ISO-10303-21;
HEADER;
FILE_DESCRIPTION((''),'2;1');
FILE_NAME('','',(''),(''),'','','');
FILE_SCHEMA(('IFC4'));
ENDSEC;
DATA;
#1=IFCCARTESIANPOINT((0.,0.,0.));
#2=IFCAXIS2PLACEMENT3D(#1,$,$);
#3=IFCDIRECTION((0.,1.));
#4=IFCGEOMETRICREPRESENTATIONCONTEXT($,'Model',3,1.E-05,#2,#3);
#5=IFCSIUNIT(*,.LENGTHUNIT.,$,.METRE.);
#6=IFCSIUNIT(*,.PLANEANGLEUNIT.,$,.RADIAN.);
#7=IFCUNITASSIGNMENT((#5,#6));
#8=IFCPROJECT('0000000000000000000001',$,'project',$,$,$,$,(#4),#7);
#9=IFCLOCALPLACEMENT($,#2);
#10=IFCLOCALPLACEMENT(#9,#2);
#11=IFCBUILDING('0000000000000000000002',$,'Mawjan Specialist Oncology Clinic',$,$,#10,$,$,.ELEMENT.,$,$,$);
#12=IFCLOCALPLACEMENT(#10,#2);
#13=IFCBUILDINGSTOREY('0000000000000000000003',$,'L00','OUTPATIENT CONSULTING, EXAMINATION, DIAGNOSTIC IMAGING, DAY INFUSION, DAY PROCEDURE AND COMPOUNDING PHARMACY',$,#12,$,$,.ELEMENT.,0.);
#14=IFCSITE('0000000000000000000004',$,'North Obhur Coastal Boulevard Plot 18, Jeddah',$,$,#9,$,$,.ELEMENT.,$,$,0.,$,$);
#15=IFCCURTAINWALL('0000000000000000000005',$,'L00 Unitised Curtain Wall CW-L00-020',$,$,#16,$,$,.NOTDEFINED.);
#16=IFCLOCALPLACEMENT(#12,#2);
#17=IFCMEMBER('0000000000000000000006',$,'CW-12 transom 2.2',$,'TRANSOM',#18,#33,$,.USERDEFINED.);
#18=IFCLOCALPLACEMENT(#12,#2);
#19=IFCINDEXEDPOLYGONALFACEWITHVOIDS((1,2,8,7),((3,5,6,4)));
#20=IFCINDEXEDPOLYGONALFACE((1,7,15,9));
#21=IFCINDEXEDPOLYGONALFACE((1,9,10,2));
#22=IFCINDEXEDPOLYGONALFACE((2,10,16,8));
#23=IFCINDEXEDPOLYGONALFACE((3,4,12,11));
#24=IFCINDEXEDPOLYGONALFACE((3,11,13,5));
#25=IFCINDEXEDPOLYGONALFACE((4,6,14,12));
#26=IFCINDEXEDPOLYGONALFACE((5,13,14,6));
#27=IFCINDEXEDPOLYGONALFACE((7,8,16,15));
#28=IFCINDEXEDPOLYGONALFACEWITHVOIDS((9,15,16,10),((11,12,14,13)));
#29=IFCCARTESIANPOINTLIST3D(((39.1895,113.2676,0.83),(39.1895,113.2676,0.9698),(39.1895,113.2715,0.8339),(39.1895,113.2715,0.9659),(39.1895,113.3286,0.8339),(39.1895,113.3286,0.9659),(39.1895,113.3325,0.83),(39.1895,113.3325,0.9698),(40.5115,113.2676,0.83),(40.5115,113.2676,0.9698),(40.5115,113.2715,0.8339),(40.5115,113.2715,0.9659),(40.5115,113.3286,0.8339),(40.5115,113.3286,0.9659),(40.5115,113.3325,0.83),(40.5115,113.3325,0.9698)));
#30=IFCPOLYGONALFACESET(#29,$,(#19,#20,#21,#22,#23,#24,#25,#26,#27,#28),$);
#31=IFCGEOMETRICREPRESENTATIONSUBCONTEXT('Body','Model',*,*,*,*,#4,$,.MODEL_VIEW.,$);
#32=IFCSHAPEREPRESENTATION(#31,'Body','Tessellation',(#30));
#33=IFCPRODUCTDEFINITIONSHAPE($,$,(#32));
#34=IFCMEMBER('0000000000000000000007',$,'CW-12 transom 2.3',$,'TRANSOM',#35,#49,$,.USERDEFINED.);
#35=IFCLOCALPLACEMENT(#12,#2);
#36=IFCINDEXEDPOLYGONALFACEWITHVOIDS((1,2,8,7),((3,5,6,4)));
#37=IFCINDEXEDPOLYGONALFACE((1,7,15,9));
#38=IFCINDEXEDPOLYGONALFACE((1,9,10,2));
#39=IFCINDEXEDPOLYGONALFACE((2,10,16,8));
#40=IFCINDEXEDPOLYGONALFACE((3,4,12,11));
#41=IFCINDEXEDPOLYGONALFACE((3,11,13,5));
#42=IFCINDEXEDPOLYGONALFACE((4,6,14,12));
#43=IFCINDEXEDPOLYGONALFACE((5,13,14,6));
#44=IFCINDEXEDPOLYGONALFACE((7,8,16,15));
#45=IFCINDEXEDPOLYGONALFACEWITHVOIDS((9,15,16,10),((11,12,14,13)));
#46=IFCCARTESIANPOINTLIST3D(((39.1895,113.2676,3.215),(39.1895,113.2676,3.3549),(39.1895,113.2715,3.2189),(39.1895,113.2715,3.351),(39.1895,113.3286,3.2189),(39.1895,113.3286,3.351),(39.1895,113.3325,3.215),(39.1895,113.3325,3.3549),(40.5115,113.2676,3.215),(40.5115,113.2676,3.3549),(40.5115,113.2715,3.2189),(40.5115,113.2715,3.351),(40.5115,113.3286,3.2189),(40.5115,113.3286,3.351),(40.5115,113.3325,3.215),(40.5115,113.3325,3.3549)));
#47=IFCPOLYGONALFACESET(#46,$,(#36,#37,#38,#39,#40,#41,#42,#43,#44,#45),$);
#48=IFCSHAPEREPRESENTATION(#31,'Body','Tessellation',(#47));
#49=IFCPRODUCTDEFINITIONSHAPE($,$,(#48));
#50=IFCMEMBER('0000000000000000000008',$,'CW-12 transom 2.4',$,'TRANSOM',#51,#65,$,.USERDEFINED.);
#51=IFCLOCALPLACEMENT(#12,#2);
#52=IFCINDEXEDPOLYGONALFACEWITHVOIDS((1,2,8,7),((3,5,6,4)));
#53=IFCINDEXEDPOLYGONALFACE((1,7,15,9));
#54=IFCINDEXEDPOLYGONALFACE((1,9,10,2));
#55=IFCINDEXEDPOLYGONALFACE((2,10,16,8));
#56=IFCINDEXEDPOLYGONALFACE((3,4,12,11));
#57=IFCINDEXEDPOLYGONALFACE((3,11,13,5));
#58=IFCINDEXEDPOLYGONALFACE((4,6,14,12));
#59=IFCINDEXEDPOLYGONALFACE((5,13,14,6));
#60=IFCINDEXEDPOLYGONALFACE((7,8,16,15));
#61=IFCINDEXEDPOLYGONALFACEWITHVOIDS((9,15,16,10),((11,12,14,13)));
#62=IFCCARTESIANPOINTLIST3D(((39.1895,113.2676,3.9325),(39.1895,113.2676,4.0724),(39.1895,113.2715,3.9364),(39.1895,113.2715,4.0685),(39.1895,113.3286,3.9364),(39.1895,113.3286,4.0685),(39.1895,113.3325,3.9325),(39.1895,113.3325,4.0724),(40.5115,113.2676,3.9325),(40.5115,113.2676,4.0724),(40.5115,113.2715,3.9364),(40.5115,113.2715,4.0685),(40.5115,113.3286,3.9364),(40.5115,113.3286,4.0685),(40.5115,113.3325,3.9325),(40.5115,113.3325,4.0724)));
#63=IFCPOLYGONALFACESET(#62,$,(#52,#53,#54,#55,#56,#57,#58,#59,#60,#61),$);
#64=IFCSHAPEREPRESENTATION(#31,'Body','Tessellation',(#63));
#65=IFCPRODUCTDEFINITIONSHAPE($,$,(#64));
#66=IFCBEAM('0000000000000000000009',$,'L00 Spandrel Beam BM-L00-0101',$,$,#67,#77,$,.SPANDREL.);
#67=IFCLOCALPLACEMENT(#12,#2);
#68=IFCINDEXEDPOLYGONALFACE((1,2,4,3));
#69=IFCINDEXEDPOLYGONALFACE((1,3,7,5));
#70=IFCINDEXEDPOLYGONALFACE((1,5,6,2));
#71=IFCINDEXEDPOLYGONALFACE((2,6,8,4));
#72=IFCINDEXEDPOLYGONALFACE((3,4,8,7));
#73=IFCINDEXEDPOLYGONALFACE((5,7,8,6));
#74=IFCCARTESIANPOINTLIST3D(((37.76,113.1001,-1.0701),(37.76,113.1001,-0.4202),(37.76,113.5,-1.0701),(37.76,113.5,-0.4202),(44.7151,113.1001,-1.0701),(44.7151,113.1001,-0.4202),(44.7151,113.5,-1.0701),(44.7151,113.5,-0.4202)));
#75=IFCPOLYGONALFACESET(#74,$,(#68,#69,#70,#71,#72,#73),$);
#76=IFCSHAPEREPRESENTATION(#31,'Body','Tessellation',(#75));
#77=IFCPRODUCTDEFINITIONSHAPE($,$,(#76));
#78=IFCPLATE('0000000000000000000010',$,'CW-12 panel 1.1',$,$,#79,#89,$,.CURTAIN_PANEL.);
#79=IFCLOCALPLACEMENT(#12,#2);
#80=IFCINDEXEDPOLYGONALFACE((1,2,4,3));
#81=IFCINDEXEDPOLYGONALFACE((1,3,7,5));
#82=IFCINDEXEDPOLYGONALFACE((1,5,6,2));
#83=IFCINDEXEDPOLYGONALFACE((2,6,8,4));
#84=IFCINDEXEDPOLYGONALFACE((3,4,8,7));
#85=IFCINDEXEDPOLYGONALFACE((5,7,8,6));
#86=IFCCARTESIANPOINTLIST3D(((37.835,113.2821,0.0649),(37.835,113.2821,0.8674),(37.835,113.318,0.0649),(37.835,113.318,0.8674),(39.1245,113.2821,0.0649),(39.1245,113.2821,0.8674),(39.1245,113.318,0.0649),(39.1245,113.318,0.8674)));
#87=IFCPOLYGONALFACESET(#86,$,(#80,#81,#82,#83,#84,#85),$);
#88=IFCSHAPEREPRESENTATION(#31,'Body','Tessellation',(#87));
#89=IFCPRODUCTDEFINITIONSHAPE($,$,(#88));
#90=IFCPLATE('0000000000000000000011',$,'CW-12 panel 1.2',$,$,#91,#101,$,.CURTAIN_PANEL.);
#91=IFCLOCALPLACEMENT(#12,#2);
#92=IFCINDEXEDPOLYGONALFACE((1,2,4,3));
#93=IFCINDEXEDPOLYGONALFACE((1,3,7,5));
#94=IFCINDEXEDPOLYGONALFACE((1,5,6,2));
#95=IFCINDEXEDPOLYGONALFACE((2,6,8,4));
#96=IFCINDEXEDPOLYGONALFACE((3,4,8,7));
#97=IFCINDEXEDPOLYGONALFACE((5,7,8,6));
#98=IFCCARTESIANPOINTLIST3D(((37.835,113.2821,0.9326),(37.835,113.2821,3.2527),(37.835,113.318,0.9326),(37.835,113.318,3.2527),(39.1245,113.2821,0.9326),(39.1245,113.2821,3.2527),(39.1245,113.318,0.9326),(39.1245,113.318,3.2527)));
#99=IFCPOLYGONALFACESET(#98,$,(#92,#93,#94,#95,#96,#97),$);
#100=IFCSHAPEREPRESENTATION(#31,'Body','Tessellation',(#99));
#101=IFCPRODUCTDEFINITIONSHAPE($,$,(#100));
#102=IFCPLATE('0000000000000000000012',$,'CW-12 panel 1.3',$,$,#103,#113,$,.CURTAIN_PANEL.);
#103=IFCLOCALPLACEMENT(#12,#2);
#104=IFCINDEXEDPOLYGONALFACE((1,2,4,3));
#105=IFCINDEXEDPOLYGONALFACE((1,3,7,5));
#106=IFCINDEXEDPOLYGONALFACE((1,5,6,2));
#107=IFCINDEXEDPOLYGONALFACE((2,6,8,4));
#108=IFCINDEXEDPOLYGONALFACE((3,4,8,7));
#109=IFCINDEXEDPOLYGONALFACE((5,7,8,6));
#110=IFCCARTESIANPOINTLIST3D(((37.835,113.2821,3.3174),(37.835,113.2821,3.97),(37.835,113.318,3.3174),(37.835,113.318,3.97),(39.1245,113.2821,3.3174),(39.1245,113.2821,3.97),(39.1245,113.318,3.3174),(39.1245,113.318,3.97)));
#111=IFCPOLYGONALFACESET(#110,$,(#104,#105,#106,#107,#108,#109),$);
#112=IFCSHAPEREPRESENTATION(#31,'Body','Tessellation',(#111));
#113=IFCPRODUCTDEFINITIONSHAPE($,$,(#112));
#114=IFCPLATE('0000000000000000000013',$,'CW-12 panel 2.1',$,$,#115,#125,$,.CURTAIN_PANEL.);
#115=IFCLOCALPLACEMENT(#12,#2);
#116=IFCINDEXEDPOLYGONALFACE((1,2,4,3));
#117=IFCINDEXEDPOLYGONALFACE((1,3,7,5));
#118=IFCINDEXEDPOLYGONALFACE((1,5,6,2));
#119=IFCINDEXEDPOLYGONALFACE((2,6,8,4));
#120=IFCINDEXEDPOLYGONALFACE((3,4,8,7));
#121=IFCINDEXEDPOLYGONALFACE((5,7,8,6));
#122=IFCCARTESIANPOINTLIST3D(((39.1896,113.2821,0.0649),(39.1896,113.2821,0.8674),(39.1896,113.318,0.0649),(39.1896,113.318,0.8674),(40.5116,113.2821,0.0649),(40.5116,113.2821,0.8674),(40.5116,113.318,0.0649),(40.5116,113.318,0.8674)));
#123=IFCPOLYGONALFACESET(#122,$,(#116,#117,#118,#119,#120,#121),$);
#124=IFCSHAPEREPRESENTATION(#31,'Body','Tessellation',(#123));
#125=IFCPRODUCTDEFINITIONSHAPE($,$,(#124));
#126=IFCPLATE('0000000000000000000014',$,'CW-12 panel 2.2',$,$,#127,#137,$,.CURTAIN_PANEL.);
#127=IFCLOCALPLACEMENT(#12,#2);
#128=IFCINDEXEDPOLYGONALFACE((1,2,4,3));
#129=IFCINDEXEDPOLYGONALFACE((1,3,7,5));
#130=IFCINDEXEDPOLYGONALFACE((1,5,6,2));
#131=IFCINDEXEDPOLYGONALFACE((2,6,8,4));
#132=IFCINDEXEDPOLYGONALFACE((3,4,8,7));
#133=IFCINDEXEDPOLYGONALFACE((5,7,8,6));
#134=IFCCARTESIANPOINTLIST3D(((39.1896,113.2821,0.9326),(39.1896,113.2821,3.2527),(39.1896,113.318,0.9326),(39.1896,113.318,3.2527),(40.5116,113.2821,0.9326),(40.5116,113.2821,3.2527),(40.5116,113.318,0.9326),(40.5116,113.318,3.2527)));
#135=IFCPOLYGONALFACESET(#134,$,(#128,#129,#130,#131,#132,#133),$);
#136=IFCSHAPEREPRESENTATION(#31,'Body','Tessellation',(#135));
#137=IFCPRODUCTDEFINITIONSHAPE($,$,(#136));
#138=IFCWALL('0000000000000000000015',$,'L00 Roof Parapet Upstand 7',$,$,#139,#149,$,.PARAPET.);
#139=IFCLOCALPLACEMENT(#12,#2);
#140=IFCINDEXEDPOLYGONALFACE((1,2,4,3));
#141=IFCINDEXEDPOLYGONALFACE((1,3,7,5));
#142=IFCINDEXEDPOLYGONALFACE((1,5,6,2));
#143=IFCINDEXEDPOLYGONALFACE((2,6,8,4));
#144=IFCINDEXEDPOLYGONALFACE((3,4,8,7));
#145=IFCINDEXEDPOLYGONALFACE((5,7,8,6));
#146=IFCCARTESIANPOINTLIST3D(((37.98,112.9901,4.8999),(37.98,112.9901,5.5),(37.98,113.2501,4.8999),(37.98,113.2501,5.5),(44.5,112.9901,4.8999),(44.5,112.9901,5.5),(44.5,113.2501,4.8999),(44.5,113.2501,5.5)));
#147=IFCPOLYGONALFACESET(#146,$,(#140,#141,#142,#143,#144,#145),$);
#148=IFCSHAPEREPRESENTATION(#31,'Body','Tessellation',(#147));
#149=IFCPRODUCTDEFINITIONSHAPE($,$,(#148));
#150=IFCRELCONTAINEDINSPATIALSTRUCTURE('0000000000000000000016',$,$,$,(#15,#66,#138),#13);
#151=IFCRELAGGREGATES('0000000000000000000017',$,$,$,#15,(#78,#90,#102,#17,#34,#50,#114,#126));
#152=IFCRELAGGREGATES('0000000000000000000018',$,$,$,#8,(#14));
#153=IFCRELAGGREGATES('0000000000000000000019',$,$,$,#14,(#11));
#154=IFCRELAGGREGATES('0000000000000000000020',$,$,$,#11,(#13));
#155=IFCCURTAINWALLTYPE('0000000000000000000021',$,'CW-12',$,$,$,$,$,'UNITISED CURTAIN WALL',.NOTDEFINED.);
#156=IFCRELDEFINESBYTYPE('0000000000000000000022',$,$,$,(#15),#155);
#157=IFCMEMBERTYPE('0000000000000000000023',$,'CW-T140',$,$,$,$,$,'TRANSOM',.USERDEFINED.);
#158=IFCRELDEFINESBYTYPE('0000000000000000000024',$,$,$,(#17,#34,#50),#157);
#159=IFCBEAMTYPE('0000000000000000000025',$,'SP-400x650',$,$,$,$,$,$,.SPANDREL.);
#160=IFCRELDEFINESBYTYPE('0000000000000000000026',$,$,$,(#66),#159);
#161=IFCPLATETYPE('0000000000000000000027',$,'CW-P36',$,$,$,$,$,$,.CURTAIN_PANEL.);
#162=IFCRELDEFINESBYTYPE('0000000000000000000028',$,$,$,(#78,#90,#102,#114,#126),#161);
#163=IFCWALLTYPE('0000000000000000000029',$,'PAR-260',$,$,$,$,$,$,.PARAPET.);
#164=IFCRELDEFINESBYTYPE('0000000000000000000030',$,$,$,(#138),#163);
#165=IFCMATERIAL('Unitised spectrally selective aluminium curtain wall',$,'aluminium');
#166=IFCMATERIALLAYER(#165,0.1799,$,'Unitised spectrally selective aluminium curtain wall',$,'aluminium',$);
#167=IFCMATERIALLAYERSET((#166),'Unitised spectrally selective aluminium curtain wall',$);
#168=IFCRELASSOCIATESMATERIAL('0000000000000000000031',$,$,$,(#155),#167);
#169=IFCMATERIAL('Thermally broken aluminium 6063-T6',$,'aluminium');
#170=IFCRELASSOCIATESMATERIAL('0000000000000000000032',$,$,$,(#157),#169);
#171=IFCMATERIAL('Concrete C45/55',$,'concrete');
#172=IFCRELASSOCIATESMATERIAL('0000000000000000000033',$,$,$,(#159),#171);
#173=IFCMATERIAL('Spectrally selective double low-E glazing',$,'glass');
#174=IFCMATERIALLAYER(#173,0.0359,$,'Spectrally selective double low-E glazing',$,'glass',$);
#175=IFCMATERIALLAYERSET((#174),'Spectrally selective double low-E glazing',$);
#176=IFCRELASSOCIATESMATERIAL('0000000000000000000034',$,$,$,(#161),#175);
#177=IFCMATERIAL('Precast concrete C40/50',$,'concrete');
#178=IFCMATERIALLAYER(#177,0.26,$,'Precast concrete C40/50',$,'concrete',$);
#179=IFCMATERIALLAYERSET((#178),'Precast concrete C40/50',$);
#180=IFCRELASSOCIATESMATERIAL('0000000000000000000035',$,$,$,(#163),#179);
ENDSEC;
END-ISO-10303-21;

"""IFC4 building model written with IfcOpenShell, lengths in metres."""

from ifc_helpers import new_model, si_unit, direction, frame, frame_2d, origin, origin_2d, place, context, subcontext, project, spatial, rectangle, hollow_rectangle, extrude, material, layer, layer_set, material_profile, profile_set, type_object, element, aggregate, save


model = new_model("IFC4")

# Units and contexts
model_context = context("Model", 3, precision=1e-05, world=origin(), true_north=direction((0.0, 1.0)))
body_context = subcontext(model_context, "Body", "Model", "MODEL_VIEW")
ifc_project = project(units=[si_unit("LENGTHUNIT", "METRE"), si_unit("PLANEANGLEUNIT", "RADIAN")], contexts=[model_context])

# Site, building, storey
site_placement = place(None, origin())
site = spatial("IfcSite", under=ifc_project, at=site_placement, Name="North Obhur Coastal Boulevard Plot 18, Jeddah", CompositionType="ELEMENT", RefElevation=0.0)
building_placement = place(site_placement, origin())
building = spatial("IfcBuilding", under=site, at=building_placement, Name="Mawjan Specialist Oncology Clinic", CompositionType="ELEMENT")
storey_placement = place(building_placement, origin())
storey = spatial("IfcBuildingStorey", under=building, at=storey_placement, Name="L00", Description="OUTPATIENT CONSULTING, EXAMINATION, DIAGNOSTIC IMAGING, DAY INFUSION, DAY PROCEDURE AND COMPOUNDING PHARMACY", CompositionType="ELEMENT", Elevation=0.0)

# Curtain wall, members
ifc_material_1 = material(Name="Unitised spectrally selective aluminium curtain wall", Category="aluminium")
ifc_layer_1 = layer(ifc_material_1, 0.1799, Name="Unitised spectrally selective aluminium curtain wall", Category="aluminium")
ifc_layer_set_1 = layer_set([ifc_layer_1], Name="Unitised spectrally selective aluminium curtain wall")
curtain_wall_type = type_object("IfcCurtainWallType", Name="CW-12", ElementType="UNITISED CURTAIN WALL", PredefinedType="NOTDEFINED", material=ifc_layer_set_1)
curtain_wall_placement = place(storey_placement, origin())
curtain_wall = element("IfcCurtainWall", 1, at=curtain_wall_placement, inside=storey, type_object=curtain_wall_type, Name="L00 Unitised Curtain Wall CW-L00-020", PredefinedType="NOTDEFINED")
ifc_material_2 = material(Name="Thermally broken aluminium 6063-T6", Category="aluminium")
ifc_material_profile_1 = material_profile(ifc_material_2, hollow_rectangle(XDim=0.0649, YDim=0.1399, WallThickness=0.0039, at=origin_2d()), Name="ALU TRANSOM 140x65x4", Category="aluminium")
ifc_profile_set_1 = profile_set([ifc_material_profile_1], Name="Thermally broken aluminium 6063-T6")
member_type_1 = type_object("IfcMemberType", Name="CW-T140", ElementType="TRANSOM", PredefinedType="USERDEFINED", material=ifc_profile_set_1)
member_1_placement = place(storey_placement, frame((39.1895, 113.3, 0.8999), z_axis=(1.0, 0.0, 0.0), x_axis=(0.0, 1.0, 0.0)))
member_1 = element("IfcMember", 2, at=member_1_placement, type_object=member_type_1, Name="CW-12 transom 2.2", ObjectType="TRANSOM", PredefinedType="USERDEFINED", context=body_context, shape_type="SweptSolid", body=[
    extrude(hollow_rectangle(XDim=0.0649, YDim=0.1399, WallThickness=0.0039, at=origin_2d()), origin(), (0.0, 0.0, 1.0), 1.322),
])
member_2_placement = place(storey_placement, frame((39.1895, 113.3, 3.2849), z_axis=(1.0, 0.0, 0.0), x_axis=(0.0, 1.0, 0.0)))
member_2 = element("IfcMember", 3, at=member_2_placement, type_object=member_type_1, Name="CW-12 transom 2.3", ObjectType="TRANSOM", PredefinedType="USERDEFINED", context=body_context, shape_type="SweptSolid", body=[
    extrude(hollow_rectangle(XDim=0.0649, YDim=0.1399, WallThickness=0.0039, at=origin_2d()), origin(), (0.0, 0.0, 1.0), 1.322),
])
member_3_placement = place(storey_placement, frame((39.1895, 113.3, 4.0024), z_axis=(1.0, 0.0, 0.0), x_axis=(0.0, 1.0, 0.0)))
member_3 = element("IfcMember", 4, at=member_3_placement, type_object=member_type_1, Name="CW-12 transom 2.4", ObjectType="TRANSOM", PredefinedType="USERDEFINED", context=body_context, shape_type="SweptSolid", body=[
    extrude(hollow_rectangle(XDim=0.0649, YDim=0.1399, WallThickness=0.0039, at=origin_2d()), origin(), (0.0, 0.0, 1.0), 1.322),
])

# Beam
ifc_material_3 = material(Name="Concrete C45/55", Category="concrete")
ifc_material_profile_2 = material_profile(ifc_material_3, rectangle(XDim=0.3999, YDim=0.6499, at=origin_2d()), Name="RC BM 400x650", Category="concrete")
ifc_profile_set_2 = profile_set([ifc_material_profile_2], Name="Concrete C45/55")
beam_type_1 = type_object("IfcBeamType", Name="SP-400x650", PredefinedType="SPANDREL", material=ifc_profile_set_2)
beam_1_placement = place(storey_placement, frame((37.76, 113.3, -0.7451), z_axis=(1.0, 0.0, 0.0), x_axis=(0.0, 1.0, 0.0)))
element("IfcBeam", 5, at=beam_1_placement, inside=storey, type_object=beam_type_1, Name="L00 Spandrel Beam BM-L00-0101", PredefinedType="SPANDREL", context=body_context, shape_type="SweptSolid", body=[
    extrude(rectangle(XDim=0.3999, YDim=0.6499, at=origin_2d()), origin(), (0.0, 0.0, 1.0), 6.9551),
])

# Plates
ifc_material_4 = material(Name="Spectrally selective double low-E glazing", Category="glass")
ifc_layer_2 = layer(ifc_material_4, 0.0359, Name="Spectrally selective double low-E glazing", Category="glass")
ifc_layer_set_2 = layer_set([ifc_layer_2], Name="Spectrally selective double low-E glazing")
plate_type = type_object("IfcPlateType", Name="CW-P36", PredefinedType="CURTAIN_PANEL", material=ifc_layer_set_2)
plate_1_placement = place(storey_placement, frame((38.4797, 113.3, 0.0649), z_axis=(0.0, 0.0, 1.0), x_axis=(1.0, 0.0, 0.0)))
plate_1 = element("IfcPlate", 6, at=plate_1_placement, type_object=plate_type, Name="CW-12 panel 1.1", PredefinedType="CURTAIN_PANEL", context=body_context, shape_type="SweptSolid", body=[
    extrude(rectangle(XDim=1.2896, YDim=0.0359, at=origin_2d()), origin(), (0.0, 0.0, 1.0), 0.8025),
])
plate_2_placement = place(storey_placement, frame((38.4797, 113.3, 0.9326), z_axis=(0.0, 0.0, 1.0), x_axis=(1.0, 0.0, 0.0)))
plate_2 = element("IfcPlate", 7, at=plate_2_placement, type_object=plate_type, Name="CW-12 panel 1.2", PredefinedType="CURTAIN_PANEL", context=body_context, shape_type="SweptSolid", body=[
    extrude(rectangle(XDim=1.2896, YDim=0.0359, at=origin_2d()), origin(), (0.0, 0.0, 1.0), 2.3201),
])
plate_3_placement = place(storey_placement, frame((38.4797, 113.3, 3.3174), z_axis=(0.0, 0.0, 1.0), x_axis=(1.0, 0.0, 0.0)))
plate_3 = element("IfcPlate", 8, at=plate_3_placement, type_object=plate_type, Name="CW-12 panel 1.3", PredefinedType="CURTAIN_PANEL", context=body_context, shape_type="SweptSolid", body=[
    extrude(rectangle(XDim=1.2896, YDim=0.0359, at=origin_2d()), origin(), (0.0, 0.0, 1.0), 0.6526),
])
plate_4_placement = place(storey_placement, frame((39.8506, 113.3, 0.0649), z_axis=(0.0, 0.0, 1.0), x_axis=(1.0, 0.0, 0.0)))
plate_4 = element("IfcPlate", 9, at=plate_4_placement, type_object=plate_type, Name="CW-12 panel 2.1", PredefinedType="CURTAIN_PANEL", context=body_context, shape_type="SweptSolid", body=[
    extrude(rectangle(XDim=1.322, YDim=0.0359, at=origin_2d()), origin(), (0.0, 0.0, 1.0), 0.8025),
])
plate_5_placement = place(storey_placement, frame((39.8506, 113.3, 0.9326), z_axis=(0.0, 0.0, 1.0), x_axis=(1.0, 0.0, 0.0)))
plate_5 = element("IfcPlate", 10, at=plate_5_placement, type_object=plate_type, Name="CW-12 panel 2.2", PredefinedType="CURTAIN_PANEL", context=body_context, shape_type="SweptSolid", body=[
    extrude(rectangle(XDim=1.322, YDim=0.0359, at=origin_2d()), origin(), (0.0, 0.0, 1.0), 2.3201),
])
aggregate(curtain_wall, [plate_1, plate_2, plate_3, member_1, member_2, member_3, plate_4, plate_5])

# Wall
ifc_material_5 = material(Name="Precast concrete C40/50", Category="concrete")
ifc_layer_3 = layer(ifc_material_5, 0.26, Name="Precast concrete C40/50", Category="concrete")
ifc_layer_set_3 = layer_set([ifc_layer_3], Name="Precast concrete C40/50")
wall_type = type_object("IfcWallType", Name="PAR-260", PredefinedType="PARAPET", material=ifc_layer_set_3)
wall_placement = place(storey_placement, frame((37.98, 113.1201, 4.8999), z_axis=(0.0, 0.0, 1.0), x_axis=(1.0, 0.0, 0.0)))
element("IfcWall", 11, at=wall_placement, inside=storey, type_object=wall_type, Name="L00 Roof Parapet Upstand 7", PredefinedType="PARAPET", context=body_context, shape_type="SweptSolid", body=[
    extrude(rectangle(XDim=6.52, YDim=0.26, at=frame_2d((3.26, 0.0))), origin(), (0.0, 0.0, 1.0), 0.6001),
])

save(model, "model.ifc")
